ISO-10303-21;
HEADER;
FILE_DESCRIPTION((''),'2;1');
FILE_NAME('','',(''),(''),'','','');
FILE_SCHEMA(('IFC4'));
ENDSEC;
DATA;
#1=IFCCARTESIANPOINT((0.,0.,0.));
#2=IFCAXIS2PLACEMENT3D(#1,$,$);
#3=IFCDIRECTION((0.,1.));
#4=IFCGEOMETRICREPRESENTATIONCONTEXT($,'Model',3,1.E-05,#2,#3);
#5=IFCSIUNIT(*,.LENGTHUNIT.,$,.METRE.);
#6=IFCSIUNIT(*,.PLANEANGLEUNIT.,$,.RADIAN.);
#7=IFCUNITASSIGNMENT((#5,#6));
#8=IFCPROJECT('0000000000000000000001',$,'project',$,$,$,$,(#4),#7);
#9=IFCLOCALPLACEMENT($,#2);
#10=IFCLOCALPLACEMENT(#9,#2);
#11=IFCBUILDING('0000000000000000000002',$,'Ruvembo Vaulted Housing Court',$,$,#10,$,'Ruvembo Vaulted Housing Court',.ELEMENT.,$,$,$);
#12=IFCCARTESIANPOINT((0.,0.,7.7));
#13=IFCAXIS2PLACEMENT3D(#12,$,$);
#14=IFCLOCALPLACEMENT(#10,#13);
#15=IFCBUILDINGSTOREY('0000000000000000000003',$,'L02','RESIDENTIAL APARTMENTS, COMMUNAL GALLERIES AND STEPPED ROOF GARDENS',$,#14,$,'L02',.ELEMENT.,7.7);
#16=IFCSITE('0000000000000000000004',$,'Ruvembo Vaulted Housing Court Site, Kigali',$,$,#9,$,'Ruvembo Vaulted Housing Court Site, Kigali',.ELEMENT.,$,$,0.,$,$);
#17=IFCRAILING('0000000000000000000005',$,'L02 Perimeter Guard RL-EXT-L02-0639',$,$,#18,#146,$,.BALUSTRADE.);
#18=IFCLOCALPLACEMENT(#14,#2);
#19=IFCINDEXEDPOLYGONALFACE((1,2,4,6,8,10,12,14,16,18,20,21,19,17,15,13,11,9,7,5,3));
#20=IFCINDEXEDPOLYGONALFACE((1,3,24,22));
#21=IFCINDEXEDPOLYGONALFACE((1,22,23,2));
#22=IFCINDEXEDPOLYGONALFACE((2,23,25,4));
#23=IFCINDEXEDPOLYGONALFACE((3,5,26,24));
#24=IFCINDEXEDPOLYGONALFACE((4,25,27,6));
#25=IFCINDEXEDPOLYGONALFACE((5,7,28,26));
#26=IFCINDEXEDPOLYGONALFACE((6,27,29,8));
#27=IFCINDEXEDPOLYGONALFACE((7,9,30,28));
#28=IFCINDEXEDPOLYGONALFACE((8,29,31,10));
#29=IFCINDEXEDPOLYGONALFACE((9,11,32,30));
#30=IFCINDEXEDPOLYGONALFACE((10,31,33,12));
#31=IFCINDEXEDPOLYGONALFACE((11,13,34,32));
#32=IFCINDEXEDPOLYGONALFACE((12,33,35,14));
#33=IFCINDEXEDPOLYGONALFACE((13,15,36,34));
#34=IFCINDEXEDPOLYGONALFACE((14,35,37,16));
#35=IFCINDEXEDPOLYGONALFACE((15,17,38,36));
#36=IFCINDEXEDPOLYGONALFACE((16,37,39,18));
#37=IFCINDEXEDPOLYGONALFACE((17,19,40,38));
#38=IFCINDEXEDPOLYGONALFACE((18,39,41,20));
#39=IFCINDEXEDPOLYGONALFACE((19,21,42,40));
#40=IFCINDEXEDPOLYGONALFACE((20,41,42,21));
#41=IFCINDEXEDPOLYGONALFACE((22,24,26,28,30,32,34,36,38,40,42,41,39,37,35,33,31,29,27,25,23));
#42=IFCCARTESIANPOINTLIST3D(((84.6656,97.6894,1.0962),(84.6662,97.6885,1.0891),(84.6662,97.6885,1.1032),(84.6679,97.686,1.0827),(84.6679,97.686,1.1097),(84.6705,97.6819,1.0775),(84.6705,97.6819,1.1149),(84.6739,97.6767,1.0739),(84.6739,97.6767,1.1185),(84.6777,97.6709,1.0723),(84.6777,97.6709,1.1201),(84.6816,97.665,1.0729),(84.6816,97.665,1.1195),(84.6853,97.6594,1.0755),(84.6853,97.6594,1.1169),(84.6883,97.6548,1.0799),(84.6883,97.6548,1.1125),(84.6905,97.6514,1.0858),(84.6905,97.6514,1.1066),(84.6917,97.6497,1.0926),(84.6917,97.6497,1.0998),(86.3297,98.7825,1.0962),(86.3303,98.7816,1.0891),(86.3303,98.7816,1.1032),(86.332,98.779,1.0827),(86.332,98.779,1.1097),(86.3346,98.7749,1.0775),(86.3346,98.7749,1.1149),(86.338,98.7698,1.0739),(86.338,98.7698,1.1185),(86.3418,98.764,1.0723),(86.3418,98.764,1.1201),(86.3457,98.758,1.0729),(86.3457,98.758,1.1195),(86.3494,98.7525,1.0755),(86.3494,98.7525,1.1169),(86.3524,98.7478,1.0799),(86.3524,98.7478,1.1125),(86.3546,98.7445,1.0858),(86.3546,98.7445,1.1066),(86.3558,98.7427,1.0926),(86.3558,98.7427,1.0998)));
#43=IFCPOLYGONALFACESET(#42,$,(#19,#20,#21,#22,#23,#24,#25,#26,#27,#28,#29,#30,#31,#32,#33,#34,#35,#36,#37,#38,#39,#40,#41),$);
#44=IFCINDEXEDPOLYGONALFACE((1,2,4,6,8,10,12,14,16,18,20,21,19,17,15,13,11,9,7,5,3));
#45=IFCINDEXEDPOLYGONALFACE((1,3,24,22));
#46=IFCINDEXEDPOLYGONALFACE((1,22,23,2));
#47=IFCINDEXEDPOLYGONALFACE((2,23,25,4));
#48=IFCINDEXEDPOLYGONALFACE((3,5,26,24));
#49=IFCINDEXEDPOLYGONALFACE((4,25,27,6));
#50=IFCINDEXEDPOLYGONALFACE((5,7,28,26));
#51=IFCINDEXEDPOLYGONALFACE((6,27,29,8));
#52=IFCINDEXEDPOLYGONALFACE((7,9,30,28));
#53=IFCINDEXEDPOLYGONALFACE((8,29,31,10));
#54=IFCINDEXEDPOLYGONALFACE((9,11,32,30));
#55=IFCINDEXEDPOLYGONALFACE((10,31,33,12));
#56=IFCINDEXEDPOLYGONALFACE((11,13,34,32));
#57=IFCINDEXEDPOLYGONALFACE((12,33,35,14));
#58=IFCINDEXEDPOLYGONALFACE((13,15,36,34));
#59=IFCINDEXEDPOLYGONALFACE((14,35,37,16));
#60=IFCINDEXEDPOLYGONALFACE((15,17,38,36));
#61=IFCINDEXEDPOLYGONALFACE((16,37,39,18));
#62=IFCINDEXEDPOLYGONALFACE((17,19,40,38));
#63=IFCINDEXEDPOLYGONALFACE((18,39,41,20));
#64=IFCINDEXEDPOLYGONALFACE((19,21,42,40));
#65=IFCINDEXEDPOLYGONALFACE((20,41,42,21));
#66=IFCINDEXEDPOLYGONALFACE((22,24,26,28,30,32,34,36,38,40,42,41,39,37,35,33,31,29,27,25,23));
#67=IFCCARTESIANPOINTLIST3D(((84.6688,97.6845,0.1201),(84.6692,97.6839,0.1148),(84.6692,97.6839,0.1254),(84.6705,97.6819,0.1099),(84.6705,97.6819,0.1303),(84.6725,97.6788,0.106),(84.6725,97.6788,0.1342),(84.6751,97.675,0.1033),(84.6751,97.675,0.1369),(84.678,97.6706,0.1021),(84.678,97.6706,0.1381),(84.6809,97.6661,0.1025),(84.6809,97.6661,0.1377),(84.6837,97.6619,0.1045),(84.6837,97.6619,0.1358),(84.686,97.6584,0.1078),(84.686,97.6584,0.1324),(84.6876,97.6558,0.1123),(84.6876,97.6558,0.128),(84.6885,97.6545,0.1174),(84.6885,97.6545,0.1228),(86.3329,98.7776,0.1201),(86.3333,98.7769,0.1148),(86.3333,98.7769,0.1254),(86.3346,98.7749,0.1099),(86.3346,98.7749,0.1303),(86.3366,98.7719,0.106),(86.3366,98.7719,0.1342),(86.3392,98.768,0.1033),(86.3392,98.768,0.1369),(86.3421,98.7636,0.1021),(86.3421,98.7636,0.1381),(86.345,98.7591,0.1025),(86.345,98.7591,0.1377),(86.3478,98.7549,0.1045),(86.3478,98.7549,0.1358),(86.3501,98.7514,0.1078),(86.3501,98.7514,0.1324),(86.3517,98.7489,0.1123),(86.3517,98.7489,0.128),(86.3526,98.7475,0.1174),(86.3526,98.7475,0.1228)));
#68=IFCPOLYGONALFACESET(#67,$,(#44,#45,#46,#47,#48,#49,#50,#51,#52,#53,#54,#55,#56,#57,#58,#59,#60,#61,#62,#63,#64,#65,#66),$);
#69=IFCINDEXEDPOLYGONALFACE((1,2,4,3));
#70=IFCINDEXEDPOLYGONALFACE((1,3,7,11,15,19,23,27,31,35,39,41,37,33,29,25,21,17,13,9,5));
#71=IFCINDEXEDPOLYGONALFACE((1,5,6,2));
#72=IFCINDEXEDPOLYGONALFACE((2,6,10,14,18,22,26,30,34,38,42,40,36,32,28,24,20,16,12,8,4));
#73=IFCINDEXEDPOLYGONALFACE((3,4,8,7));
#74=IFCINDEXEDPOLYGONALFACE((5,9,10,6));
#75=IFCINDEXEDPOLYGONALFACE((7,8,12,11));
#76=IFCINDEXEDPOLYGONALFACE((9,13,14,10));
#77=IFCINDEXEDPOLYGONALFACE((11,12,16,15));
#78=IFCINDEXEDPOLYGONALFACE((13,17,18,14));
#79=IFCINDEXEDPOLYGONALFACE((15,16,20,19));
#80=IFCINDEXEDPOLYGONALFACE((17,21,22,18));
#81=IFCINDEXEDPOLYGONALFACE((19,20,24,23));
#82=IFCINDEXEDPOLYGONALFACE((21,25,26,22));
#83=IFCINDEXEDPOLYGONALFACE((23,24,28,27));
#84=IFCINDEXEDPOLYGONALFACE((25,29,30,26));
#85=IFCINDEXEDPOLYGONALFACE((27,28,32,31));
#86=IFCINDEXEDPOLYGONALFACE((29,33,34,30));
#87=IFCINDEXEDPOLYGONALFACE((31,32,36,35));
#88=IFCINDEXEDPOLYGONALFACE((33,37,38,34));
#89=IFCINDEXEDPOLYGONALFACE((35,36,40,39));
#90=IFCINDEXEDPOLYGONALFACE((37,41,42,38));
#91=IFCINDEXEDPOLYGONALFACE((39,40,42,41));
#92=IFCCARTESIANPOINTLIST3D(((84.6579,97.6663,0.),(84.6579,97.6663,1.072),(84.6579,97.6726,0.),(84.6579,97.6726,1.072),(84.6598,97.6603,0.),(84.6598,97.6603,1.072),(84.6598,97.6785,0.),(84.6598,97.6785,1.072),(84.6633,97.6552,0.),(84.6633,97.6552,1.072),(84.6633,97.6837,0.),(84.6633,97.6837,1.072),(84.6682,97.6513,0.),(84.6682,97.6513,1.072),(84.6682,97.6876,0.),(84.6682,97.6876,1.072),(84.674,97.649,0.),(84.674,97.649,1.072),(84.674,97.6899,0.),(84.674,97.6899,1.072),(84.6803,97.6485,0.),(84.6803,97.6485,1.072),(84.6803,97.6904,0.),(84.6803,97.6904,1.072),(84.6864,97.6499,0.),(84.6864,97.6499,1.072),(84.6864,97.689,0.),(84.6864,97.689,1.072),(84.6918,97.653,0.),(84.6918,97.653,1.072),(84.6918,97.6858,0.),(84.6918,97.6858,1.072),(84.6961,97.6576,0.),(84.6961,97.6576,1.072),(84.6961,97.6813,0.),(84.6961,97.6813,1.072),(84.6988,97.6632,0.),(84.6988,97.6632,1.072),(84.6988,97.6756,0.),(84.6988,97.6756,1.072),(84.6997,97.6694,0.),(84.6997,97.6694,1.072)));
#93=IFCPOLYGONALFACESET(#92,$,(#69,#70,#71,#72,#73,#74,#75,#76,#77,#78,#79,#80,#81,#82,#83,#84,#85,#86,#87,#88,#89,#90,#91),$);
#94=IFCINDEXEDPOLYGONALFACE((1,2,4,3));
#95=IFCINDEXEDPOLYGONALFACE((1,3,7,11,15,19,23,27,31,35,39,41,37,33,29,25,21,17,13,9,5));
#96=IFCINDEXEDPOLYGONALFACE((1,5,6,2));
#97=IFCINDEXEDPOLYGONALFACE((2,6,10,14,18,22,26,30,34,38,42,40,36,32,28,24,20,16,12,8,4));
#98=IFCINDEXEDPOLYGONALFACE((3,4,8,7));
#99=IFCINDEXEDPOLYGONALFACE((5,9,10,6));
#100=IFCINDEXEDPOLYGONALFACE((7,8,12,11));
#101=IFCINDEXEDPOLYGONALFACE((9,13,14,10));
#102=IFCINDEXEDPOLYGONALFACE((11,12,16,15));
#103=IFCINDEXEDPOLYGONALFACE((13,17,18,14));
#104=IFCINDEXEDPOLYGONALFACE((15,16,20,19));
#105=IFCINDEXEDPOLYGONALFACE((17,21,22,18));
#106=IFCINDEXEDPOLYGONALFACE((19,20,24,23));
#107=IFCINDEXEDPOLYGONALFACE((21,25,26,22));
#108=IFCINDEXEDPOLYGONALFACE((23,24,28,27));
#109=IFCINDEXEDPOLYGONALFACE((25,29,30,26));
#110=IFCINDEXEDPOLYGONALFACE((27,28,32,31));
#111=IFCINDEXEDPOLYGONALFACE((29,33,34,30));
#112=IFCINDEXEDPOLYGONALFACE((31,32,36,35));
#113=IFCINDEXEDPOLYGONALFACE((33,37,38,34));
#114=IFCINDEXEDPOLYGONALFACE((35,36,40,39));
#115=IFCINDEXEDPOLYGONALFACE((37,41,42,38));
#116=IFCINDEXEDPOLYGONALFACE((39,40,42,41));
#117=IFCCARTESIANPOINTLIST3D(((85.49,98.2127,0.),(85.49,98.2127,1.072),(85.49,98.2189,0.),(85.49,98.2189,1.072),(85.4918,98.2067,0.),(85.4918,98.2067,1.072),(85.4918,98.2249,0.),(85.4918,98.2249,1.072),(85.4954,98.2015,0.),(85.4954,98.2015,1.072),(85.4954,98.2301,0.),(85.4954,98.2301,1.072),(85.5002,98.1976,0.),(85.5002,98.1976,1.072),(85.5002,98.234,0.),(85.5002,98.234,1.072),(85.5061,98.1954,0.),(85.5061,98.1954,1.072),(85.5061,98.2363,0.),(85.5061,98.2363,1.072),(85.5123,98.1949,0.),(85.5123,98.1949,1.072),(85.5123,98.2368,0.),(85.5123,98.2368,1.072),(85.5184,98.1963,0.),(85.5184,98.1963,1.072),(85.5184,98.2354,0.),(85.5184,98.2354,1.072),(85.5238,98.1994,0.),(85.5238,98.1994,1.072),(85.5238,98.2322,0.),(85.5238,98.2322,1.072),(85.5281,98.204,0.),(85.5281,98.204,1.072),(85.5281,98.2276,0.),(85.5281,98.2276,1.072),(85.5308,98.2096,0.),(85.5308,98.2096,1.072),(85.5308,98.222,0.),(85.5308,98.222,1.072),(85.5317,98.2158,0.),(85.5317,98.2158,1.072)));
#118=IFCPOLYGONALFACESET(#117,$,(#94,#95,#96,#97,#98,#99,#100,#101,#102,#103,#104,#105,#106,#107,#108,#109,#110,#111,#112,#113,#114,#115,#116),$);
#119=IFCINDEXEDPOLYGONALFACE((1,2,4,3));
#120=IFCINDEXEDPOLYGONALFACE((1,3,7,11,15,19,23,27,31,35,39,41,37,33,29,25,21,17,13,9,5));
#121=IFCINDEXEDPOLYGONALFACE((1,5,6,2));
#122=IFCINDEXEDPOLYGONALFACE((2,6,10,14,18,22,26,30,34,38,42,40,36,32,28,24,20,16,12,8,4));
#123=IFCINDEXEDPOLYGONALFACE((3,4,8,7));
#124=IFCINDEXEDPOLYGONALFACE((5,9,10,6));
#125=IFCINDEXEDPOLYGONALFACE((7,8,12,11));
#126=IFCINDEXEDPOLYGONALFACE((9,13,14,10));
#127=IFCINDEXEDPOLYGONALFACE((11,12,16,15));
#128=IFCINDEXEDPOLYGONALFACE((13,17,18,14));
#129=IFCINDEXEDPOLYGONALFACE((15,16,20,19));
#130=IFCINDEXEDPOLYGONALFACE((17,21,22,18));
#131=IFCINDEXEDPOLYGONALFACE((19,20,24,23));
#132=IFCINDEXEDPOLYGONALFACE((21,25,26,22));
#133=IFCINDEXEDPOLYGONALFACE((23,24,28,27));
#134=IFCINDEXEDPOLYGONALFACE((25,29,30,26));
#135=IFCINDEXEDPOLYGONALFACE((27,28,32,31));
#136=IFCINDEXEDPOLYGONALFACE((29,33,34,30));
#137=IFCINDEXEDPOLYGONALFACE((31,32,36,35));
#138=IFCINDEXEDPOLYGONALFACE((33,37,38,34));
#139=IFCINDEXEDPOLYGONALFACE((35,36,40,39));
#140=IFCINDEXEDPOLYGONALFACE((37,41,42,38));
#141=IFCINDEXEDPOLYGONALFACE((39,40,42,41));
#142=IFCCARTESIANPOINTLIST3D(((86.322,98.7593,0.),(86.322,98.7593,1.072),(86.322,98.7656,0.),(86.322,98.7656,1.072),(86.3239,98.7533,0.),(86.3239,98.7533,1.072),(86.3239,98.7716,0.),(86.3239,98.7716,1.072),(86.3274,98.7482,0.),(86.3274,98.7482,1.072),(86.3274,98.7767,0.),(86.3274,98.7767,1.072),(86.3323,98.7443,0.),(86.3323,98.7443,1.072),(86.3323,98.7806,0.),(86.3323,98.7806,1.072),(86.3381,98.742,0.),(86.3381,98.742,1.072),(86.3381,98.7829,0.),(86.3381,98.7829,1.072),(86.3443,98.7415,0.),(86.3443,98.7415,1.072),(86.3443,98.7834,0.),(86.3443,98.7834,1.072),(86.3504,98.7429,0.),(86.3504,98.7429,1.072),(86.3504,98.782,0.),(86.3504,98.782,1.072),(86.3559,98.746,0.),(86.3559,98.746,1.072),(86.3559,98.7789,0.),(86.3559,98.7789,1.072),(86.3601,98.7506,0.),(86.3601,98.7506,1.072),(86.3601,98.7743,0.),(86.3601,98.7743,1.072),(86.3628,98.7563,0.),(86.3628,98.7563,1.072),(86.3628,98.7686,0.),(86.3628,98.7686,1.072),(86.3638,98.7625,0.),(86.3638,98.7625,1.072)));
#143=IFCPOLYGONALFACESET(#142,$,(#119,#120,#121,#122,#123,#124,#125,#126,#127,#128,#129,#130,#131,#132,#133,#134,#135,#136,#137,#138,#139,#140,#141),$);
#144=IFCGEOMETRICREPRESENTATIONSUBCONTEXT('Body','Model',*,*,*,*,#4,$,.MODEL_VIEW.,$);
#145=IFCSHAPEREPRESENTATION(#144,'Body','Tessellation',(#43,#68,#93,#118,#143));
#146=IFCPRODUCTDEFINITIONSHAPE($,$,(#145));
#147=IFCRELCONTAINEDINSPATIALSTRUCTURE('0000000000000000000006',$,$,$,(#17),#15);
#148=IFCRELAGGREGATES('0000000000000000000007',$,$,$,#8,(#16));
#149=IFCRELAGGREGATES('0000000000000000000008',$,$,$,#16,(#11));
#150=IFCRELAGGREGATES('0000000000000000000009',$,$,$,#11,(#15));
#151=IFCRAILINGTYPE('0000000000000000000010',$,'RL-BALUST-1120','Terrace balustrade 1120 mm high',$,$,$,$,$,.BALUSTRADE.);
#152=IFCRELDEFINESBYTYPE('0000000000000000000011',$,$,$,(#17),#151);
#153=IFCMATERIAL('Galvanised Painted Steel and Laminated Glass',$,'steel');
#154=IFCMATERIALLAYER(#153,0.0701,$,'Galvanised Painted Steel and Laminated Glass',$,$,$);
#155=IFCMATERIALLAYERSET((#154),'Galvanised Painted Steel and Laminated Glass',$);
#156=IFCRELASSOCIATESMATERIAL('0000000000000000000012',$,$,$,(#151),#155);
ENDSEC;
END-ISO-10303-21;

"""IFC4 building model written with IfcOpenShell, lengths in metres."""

from ifc_helpers import new_model, si_unit, direction, frame, origin, origin_2d, place, context, subcontext, project, spatial, circle, extrude, material, layer, layer_set, type_object, element, save


model = new_model("IFC4")

# Units and contexts
model_context = context("Model", 3, precision=1e-05, world=origin(), true_north=direction((0.0, 1.0)))
body_context = subcontext(model_context, "Body", "Model", "MODEL_VIEW")
ifc_project = project(units=[si_unit("LENGTHUNIT", "METRE"), si_unit("PLANEANGLEUNIT", "RADIAN")], contexts=[model_context])

# Site, building, storey
site_placement = place(None, origin())
site = spatial("IfcSite", under=ifc_project, at=site_placement, Name="Ruvembo Vaulted Housing Court Site, Kigali", LongName="Ruvembo Vaulted Housing Court Site, Kigali", CompositionType="ELEMENT", RefElevation=0.0)
building_placement = place(site_placement, origin())
building = spatial("IfcBuilding", under=site, at=building_placement, Name="Ruvembo Vaulted Housing Court", LongName="Ruvembo Vaulted Housing Court", CompositionType="ELEMENT")
storey_placement = place(building_placement, frame((0.0, 0.0, 7.7)))
storey = spatial("IfcBuildingStorey", under=building, at=storey_placement, Name="L02", Description="RESIDENTIAL APARTMENTS, COMMUNAL GALLERIES AND STEPPED ROOF GARDENS", LongName="L02", CompositionType="ELEMENT", Elevation=7.7)

# Railing
ifc_material_1 = material(Name="Galvanised Painted Steel and Laminated Glass", Category="steel")
ifc_layer_1 = layer(ifc_material_1, 0.0701, Name="Galvanised Painted Steel and Laminated Glass")
ifc_layer_set_1 = layer_set([ifc_layer_1], Name="Galvanised Painted Steel and Laminated Glass")
railing_type = type_object("IfcRailingType", Name="RL-BALUST-1120", Description="Terrace balustrade 1120 mm high", PredefinedType="BALUSTRADE", material=ifc_layer_set_1)
railing_placement = place(storey_placement, frame((84.6787, 97.6694, 0.0)))
element("IfcRailing", 1, at=railing_placement, inside=storey, type_object=railing_type, Name="L02 Perimeter Guard RL-EXT-L02-0639", PredefinedType="BALUSTRADE", context=body_context, shape_type="SweptSolid", body=[
    extrude(circle(Radius=0.0239, at=origin_2d()), frame((0.0, 0.0, 1.0962), z_axis=(0.835823, 0.548999, 0.0), x_axis=(-0.548999, 0.835823, 0.0)), (0.0, 0.0, 1.0), 1.991),
    extrude(circle(Radius=0.0181, at=origin_2d()), frame((0.0, 0.0, 0.1201), z_axis=(0.835823, 0.548999, 0.0), x_axis=(-0.548999, 0.835823, 0.0)), (0.0, 0.0, 1.0), 1.991),
    extrude(circle(Radius=0.021, at=origin_2d()), origin(), (0.0, 0.0, 1.0), 1.072),
    extrude(circle(Radius=0.021, at=origin_2d()), frame((0.832, 0.5464, 0.0)), (0.0, 0.0, 1.0), 1.072),
    extrude(circle(Radius=0.021, at=origin_2d()), frame((1.6641, 1.093, 0.0)), (0.0, 0.0, 1.0), 1.072),
])

save(model, "model.ifc")
